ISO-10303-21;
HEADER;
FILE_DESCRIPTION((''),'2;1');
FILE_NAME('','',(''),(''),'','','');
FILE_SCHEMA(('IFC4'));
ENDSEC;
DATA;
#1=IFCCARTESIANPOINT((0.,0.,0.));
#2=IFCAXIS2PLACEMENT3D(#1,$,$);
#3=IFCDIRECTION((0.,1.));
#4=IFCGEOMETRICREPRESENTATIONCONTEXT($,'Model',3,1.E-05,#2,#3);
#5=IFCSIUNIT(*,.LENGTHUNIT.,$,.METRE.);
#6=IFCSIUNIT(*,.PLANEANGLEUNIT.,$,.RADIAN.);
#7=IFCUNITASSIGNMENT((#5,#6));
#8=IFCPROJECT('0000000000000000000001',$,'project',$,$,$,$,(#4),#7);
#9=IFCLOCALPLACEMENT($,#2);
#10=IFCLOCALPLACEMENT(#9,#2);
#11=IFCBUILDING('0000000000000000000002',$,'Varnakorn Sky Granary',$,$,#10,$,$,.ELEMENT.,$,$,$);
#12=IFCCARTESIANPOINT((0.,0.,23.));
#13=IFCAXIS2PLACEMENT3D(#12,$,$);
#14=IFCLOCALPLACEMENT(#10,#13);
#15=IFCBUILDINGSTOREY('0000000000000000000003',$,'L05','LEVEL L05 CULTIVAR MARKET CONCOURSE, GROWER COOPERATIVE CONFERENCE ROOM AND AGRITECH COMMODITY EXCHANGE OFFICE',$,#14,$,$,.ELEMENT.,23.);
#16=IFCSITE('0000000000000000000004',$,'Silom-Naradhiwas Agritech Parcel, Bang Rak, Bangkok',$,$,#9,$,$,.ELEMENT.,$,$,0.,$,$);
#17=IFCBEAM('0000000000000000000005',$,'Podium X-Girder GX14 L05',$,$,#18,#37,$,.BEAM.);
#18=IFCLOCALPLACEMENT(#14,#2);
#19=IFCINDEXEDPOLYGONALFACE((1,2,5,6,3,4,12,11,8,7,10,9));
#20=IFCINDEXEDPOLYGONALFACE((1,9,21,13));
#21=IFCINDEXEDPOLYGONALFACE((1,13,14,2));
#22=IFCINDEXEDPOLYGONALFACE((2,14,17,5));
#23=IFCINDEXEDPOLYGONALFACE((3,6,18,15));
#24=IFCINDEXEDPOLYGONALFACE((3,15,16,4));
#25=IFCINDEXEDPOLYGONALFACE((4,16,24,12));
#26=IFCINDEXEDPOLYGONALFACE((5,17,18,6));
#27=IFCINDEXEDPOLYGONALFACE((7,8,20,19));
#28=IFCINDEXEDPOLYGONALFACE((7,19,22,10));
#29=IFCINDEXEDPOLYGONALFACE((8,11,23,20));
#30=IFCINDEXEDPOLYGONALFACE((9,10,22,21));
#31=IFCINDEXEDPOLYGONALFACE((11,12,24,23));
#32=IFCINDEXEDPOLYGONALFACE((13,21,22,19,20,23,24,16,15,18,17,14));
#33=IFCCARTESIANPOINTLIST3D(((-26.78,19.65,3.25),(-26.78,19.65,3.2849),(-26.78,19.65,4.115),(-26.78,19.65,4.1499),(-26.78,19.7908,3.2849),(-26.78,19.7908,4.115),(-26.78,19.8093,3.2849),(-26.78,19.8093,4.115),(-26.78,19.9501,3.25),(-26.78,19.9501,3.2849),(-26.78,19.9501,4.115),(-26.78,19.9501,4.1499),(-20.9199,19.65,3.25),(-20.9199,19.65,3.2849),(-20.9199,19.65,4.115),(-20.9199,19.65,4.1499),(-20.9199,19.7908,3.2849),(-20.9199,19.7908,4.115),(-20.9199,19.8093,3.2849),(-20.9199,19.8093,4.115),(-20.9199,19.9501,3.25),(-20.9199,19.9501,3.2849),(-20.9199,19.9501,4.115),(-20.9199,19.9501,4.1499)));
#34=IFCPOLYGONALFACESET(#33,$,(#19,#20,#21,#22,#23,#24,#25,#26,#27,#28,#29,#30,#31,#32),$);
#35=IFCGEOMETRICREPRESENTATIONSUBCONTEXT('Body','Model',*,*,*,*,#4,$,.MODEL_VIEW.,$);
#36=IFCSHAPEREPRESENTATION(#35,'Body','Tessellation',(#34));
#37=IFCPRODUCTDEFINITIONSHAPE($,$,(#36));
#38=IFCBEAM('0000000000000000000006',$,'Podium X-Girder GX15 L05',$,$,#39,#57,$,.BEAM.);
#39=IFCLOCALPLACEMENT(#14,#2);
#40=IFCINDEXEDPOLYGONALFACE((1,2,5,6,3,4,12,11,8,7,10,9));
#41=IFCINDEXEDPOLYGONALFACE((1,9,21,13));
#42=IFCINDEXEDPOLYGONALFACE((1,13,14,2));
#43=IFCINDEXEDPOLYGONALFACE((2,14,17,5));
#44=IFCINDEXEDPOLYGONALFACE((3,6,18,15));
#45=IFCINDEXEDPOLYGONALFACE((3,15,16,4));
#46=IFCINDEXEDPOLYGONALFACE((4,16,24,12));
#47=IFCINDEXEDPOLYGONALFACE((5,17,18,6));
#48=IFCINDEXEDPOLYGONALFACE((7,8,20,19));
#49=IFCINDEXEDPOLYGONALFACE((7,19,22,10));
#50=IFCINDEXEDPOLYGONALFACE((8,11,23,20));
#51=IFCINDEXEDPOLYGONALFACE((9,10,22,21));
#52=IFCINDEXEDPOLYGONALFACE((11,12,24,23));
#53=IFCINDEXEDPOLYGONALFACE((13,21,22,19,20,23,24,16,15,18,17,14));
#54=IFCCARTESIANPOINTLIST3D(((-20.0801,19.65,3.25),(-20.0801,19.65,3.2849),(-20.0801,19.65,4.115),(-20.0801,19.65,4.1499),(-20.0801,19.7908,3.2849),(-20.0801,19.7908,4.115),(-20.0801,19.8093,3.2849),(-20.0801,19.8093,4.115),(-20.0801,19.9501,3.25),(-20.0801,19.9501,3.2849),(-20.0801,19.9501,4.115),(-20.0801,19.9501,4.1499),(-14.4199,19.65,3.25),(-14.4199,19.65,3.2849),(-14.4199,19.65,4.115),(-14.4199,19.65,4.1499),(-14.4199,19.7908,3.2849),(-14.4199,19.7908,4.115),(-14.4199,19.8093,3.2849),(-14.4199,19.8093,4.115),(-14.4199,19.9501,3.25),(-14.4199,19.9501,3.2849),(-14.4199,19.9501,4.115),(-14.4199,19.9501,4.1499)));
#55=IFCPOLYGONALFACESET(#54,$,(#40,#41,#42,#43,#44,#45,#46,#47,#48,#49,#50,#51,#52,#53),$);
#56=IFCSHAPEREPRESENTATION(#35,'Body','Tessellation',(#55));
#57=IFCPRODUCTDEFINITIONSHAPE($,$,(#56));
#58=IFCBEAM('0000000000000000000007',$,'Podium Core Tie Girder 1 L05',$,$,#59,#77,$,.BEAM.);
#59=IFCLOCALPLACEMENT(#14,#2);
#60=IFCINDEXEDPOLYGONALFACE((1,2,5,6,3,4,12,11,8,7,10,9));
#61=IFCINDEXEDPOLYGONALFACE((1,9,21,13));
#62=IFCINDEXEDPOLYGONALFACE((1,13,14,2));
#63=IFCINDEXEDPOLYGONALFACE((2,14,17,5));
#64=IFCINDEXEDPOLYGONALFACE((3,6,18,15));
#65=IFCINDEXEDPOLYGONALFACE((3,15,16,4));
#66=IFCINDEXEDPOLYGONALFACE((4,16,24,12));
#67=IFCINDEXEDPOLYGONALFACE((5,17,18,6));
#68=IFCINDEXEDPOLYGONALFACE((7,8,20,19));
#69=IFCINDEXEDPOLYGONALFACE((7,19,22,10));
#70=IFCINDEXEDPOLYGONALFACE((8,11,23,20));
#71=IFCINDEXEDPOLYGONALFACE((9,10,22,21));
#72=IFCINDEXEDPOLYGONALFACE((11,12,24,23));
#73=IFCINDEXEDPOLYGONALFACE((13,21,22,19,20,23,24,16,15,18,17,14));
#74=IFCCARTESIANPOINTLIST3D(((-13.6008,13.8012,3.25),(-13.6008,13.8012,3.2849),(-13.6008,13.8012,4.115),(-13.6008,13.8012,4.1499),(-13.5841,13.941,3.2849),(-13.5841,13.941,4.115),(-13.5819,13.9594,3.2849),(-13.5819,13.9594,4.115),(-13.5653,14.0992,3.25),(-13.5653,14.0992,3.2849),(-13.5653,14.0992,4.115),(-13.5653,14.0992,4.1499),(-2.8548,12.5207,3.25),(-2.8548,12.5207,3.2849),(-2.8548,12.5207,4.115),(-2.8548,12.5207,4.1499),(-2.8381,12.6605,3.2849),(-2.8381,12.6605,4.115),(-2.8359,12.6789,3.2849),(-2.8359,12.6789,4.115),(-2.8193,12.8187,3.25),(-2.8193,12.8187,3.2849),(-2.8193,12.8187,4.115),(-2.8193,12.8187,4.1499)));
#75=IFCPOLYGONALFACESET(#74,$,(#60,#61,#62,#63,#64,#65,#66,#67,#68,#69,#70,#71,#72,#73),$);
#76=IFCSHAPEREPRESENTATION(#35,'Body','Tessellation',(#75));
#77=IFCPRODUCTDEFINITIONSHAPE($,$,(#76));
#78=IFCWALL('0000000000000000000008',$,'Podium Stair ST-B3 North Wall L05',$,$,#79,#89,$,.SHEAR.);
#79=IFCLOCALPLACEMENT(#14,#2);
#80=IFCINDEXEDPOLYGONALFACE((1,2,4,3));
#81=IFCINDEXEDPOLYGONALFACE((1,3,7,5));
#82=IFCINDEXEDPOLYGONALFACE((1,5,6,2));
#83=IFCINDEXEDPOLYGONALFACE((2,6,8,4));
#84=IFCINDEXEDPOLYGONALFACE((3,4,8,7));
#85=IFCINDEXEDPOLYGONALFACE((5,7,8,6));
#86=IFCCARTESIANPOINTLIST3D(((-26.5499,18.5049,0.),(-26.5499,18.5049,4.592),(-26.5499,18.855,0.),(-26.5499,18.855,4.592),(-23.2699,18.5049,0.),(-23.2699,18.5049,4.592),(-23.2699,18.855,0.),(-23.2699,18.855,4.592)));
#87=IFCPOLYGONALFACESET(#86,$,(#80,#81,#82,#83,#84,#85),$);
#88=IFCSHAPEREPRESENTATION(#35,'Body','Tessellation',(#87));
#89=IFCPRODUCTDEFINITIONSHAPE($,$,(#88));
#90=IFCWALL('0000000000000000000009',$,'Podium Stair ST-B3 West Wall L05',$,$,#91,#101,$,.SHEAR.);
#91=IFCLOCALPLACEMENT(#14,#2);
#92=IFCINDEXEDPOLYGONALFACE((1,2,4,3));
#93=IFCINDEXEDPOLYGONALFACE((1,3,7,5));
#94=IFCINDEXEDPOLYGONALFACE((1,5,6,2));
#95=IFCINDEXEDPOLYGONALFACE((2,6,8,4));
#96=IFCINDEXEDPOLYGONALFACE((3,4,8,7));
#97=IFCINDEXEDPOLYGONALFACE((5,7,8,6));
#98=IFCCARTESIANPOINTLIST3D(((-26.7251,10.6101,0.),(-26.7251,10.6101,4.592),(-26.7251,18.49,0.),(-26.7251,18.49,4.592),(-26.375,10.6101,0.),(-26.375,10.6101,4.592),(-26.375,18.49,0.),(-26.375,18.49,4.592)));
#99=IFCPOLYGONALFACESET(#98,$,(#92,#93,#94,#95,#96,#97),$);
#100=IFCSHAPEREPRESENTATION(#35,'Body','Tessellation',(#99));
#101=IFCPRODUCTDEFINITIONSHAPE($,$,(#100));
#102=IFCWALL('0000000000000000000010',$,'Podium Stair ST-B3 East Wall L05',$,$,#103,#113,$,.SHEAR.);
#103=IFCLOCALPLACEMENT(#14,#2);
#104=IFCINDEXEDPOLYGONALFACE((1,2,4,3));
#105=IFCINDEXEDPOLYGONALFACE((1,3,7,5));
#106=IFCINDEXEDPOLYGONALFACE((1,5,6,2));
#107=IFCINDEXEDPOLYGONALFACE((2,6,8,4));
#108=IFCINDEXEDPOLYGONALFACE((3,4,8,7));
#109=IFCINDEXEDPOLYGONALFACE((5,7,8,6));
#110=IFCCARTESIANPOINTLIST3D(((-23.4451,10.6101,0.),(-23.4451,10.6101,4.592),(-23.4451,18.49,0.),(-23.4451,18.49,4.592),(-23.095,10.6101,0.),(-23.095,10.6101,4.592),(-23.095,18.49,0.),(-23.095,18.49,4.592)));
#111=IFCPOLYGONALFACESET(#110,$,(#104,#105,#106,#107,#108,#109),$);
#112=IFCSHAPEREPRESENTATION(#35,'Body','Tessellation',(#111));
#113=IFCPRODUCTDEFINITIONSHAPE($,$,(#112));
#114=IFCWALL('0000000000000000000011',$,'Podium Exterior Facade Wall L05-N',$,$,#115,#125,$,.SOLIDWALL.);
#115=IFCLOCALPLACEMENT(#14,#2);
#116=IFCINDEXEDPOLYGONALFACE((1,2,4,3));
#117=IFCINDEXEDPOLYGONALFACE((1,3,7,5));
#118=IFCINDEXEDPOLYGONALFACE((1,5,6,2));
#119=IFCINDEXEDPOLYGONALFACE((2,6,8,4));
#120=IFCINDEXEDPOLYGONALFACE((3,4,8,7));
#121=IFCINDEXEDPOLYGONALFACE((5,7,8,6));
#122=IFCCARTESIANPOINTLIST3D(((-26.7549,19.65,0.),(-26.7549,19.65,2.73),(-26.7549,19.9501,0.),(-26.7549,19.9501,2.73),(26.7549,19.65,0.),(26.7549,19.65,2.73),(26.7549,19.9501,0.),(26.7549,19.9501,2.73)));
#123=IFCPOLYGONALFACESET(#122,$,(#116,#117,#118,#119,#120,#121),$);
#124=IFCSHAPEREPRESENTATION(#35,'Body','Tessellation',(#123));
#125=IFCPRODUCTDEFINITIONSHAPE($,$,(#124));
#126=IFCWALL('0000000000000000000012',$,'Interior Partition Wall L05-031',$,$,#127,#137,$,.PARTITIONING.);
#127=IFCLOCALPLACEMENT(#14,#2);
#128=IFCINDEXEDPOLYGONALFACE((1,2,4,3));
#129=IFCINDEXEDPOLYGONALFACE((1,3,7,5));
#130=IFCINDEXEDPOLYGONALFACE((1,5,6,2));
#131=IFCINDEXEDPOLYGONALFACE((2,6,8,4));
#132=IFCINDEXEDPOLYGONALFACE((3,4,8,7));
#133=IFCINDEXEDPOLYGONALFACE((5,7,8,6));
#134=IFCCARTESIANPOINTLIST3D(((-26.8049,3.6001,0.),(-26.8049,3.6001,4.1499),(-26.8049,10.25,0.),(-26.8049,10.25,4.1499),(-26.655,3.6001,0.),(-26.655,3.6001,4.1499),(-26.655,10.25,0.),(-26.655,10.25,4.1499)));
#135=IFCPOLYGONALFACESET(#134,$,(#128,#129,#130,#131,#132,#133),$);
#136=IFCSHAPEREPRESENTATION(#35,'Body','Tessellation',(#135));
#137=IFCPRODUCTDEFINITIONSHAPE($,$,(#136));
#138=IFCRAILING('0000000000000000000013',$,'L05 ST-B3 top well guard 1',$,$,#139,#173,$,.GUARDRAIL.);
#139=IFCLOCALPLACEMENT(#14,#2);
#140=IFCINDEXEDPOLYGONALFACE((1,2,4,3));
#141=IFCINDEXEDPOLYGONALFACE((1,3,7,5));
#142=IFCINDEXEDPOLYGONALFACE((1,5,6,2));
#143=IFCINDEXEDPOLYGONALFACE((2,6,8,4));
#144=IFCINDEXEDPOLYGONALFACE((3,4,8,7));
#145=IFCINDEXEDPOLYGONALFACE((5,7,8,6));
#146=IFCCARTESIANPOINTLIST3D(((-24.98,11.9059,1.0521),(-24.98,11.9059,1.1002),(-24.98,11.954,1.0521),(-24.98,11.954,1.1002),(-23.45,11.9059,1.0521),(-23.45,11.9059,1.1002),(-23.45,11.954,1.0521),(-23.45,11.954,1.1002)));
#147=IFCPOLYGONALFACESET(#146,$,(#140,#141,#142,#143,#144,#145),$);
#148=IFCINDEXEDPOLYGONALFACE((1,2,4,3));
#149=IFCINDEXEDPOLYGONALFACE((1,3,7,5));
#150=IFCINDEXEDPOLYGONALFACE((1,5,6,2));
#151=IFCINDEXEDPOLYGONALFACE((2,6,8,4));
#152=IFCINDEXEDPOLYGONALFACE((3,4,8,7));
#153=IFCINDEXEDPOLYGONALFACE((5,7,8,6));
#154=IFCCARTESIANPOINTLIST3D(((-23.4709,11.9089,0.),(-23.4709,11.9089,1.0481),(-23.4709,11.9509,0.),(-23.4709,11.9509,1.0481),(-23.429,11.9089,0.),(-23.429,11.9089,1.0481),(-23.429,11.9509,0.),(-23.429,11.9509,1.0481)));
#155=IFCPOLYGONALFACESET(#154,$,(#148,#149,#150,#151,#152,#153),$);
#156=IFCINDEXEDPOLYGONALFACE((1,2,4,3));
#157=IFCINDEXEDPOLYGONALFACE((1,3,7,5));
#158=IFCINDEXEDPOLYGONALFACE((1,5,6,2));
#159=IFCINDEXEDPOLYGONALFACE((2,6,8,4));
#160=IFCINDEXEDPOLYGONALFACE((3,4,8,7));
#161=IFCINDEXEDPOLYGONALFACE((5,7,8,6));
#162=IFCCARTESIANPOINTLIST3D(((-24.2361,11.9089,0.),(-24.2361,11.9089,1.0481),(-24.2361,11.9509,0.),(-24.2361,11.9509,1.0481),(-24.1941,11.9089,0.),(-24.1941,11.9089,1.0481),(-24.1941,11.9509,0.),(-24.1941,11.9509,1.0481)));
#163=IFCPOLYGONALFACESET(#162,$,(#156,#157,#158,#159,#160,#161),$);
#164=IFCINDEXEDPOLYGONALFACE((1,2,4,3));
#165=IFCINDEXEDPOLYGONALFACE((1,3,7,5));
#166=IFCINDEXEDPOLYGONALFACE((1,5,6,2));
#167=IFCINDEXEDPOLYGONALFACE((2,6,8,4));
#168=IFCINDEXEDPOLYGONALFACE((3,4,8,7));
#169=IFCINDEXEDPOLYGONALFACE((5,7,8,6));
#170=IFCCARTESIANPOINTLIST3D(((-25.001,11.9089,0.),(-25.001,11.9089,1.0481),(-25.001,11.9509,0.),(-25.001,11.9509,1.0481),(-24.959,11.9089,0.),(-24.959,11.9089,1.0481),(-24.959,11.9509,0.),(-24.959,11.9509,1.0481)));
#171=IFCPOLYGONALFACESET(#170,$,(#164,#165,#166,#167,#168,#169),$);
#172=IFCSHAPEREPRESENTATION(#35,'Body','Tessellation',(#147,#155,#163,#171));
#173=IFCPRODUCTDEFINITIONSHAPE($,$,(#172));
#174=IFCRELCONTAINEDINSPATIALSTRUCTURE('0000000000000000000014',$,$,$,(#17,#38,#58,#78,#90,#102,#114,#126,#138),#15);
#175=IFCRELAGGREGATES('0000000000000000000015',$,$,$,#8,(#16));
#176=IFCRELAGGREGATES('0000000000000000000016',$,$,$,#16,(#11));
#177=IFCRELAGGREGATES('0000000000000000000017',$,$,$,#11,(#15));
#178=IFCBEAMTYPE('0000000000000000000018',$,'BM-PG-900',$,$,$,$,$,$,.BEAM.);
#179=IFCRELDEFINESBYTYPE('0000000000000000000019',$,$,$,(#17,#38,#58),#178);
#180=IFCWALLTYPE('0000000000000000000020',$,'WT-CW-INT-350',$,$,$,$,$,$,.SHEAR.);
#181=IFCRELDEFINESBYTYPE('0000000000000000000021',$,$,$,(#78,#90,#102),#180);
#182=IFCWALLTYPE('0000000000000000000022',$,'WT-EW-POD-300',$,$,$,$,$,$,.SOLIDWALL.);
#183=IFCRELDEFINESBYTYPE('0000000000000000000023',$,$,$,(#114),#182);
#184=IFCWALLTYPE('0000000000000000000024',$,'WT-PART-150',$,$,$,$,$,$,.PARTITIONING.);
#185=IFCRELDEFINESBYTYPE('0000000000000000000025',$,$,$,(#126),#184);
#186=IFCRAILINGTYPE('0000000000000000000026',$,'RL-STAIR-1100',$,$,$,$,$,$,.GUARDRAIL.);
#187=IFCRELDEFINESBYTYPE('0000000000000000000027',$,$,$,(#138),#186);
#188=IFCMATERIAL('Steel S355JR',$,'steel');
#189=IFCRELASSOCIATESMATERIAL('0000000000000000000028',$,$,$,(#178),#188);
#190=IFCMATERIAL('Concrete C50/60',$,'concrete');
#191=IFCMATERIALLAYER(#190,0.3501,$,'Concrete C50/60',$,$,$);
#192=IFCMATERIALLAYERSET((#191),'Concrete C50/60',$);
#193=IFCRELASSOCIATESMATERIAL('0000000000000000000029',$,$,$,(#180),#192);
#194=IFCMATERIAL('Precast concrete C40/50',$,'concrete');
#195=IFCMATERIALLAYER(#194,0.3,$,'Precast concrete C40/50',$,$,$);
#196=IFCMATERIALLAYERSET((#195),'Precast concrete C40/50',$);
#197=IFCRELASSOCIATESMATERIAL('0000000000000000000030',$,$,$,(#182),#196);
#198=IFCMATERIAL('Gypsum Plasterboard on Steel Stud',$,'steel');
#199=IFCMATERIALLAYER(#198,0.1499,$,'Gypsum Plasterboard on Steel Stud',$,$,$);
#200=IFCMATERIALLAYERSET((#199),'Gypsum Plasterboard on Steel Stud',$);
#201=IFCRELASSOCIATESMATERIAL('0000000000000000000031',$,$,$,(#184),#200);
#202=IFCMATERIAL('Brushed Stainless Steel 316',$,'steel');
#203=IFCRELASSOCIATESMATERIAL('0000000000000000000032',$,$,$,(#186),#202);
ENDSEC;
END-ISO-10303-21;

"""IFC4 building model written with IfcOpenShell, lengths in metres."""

from ifc_helpers import new_model, si_unit, direction, frame, frame_2d, origin, origin_2d, place, context, subcontext, project, spatial, rectangle, i_section, extrude, material, layer, layer_set, material_profile, profile_set, type_object, element, save


model = new_model("IFC4")

# Units and contexts
model_context = context("Model", 3, precision=1e-05, world=origin(), true_north=direction((0.0, 1.0)))
body_context = subcontext(model_context, "Body", "Model", "MODEL_VIEW")
ifc_project = project(units=[si_unit("LENGTHUNIT", "METRE"), si_unit("PLANEANGLEUNIT", "RADIAN")], contexts=[model_context])

# Site, building, storey
site_placement = place(None, origin())
site = spatial("IfcSite", under=ifc_project, at=site_placement, Name="Silom-Naradhiwas Agritech Parcel, Bang Rak, Bangkok", CompositionType="ELEMENT", RefElevation=0.0)
building_placement = place(site_placement, origin())
building = spatial("IfcBuilding", under=site, at=building_placement, Name="Varnakorn Sky Granary", CompositionType="ELEMENT")
storey_placement = place(building_placement, frame((0.0, 0.0, 23.0)))
storey = spatial("IfcBuildingStorey", under=building, at=storey_placement, Name="L05", Description="LEVEL L05 CULTIVAR MARKET CONCOURSE, GROWER COOPERATIVE CONFERENCE ROOM AND AGRITECH COMMODITY EXCHANGE OFFICE", CompositionType="ELEMENT", Elevation=23.0)

# Beams
ifc_material_1 = material(Name="Steel S355JR", Category="steel")
ifc_material_profile_1 = material_profile(ifc_material_1, i_section(OverallWidth=0.3, OverallDepth=0.8999, WebThickness=0.0186, FlangeThickness=0.0349, at=origin_2d()), Name="HE 900 B")
ifc_profile_set_1 = profile_set([ifc_material_profile_1], Name="Steel S355JR")
beam_type_1 = type_object("IfcBeamType", Name="BM-PG-900", PredefinedType="BEAM", material=ifc_profile_set_1)
beam_1_placement = place(storey_placement, frame((-26.78, 19.8, 3.7), z_axis=(1.0, 0.0, 0.0), x_axis=(0.0, 1.0, 0.0)))
element("IfcBeam", 1, at=beam_1_placement, inside=storey, type_object=beam_type_1, Name="Podium X-Girder GX14 L05", PredefinedType="BEAM", context=body_context, shape_type="SweptSolid", body=[
    extrude(i_section(OverallWidth=0.3, OverallDepth=0.8999, WebThickness=0.0186, FlangeThickness=0.0349, at=origin_2d()), origin(), (0.0, 0.0, 1.0), 5.8601),
])
beam_2_placement = place(storey_placement, frame((-20.0801, 19.8, 3.7), z_axis=(1.0, 0.0, 0.0), x_axis=(0.0, 1.0, 0.0)))
element("IfcBeam", 2, at=beam_2_placement, inside=storey, type_object=beam_type_1, Name="Podium X-Girder GX15 L05", PredefinedType="BEAM", context=body_context, shape_type="SweptSolid", body=[
    extrude(i_section(OverallWidth=0.3, OverallDepth=0.8999, WebThickness=0.0186, FlangeThickness=0.0349, at=origin_2d()), origin(), (0.0, 0.0, 1.0), 5.6602),
])
beam_3_placement = place(storey_placement, frame((-13.583, 13.9502, 3.7), z_axis=(0.992975, -0.118324, 0.0), x_axis=(0.118324, 0.992975, 0.0)))
element("IfcBeam", 3, at=beam_3_placement, inside=storey, type_object=beam_type_1, Name="Podium Core Tie Girder 1 L05", PredefinedType="BEAM", context=body_context, shape_type="SweptSolid", body=[
    extrude(i_section(OverallWidth=0.3, OverallDepth=0.8999, WebThickness=0.0186, FlangeThickness=0.0349, at=origin_2d()), origin(), (0.0, 0.0, 1.0), 10.822),
])

# Shared definitions
ifc_material_2 = material(Name="Concrete C50/60", Category="concrete")
ifc_layer_1 = layer(ifc_material_2, 0.3501, Name="Concrete C50/60")
ifc_layer_set_1 = layer_set([ifc_layer_1], Name="Concrete C50/60")
wall_type_1 = type_object("IfcWallType", Name="WT-CW-INT-350", PredefinedType="SHEAR", material=ifc_layer_set_1)

# Walls
wall_1_placement = place(storey_placement, frame((-26.55, 18.6799, 0.0), z_axis=(0.0, 0.0, 1.0), x_axis=(1.0, 0.0, 0.0)))
element("IfcWall", 4, at=wall_1_placement, inside=storey, type_object=wall_type_1, Name="Podium Stair ST-B3 North Wall L05", PredefinedType="SHEAR", context=body_context, shape_type="SweptSolid", body=[
    extrude(rectangle(XDim=3.28, YDim=0.3501, at=frame_2d((1.6401, 0.0))), origin(), (0.0, 0.0, 1.0), 4.592),
])
for number, where, z_axis, x_axis, name in (
    (5, (-26.55, 10.6101, 0.0), (0.0, 0.0, 1.0), (0.0, 1.0, 0.0), "Podium Stair ST-B3 West Wall L05"),
    (6, (-23.27, 10.6101, 0.0), (0.0, 0.0, 1.0), (0.0, 1.0, 0.0), "Podium Stair ST-B3 East Wall L05"),
):
    element("IfcWall", number, at=place(storey_placement, frame(where, z_axis=z_axis, x_axis=x_axis)), inside=storey, type_object=wall_type_1, Name=name, PredefinedType="SHEAR", context=body_context, shape_type="SweptSolid", body=[
        extrude(rectangle(XDim=7.8799, YDim=0.3501, at=frame_2d((3.9399, 0.0))), origin(), (0.0, 0.0, 1.0), 4.592),
    ])
ifc_material_3 = material(Name="Precast concrete C40/50", Category="concrete")
ifc_layer_2 = layer(ifc_material_3, 0.3, Name="Precast concrete C40/50")
ifc_layer_set_2 = layer_set([ifc_layer_2], Name="Precast concrete C40/50")
wall_type_2 = type_object("IfcWallType", Name="WT-EW-POD-300", PredefinedType="SOLIDWALL", material=ifc_layer_set_2)
wall_2_placement = place(storey_placement, frame((-26.7549, 19.8, 0.0), z_axis=(0.0, 0.0, 1.0), x_axis=(1.0, 0.0, 0.0)))
element("IfcWall", 7, at=wall_2_placement, inside=storey, type_object=wall_type_2, Name="Podium Exterior Facade Wall L05-N", PredefinedType="SOLIDWALL", context=body_context, shape_type="SweptSolid", body=[
    extrude(rectangle(XDim=53.5098, YDim=0.3, at=frame_2d((26.7549, 0.0))), origin(), (0.0, 0.0, 1.0), 2.73),
])
ifc_material_4 = material(Name="Gypsum Plasterboard on Steel Stud", Category="steel")
ifc_layer_3 = layer(ifc_material_4, 0.1499, Name="Gypsum Plasterboard on Steel Stud")
ifc_layer_set_3 = layer_set([ifc_layer_3], Name="Gypsum Plasterboard on Steel Stud")
wall_type_3 = type_object("IfcWallType", Name="WT-PART-150", PredefinedType="PARTITIONING", material=ifc_layer_set_3)
wall_3_placement = place(storey_placement, frame((-26.73, 10.25, 0.0), z_axis=(0.0, 0.0, 1.0), x_axis=(0.0, -1.0, 0.0)))
element("IfcWall", 8, at=wall_3_placement, inside=storey, type_object=wall_type_3, Name="Interior Partition Wall L05-031", PredefinedType="PARTITIONING", context=body_context, shape_type="SweptSolid", body=[
    extrude(rectangle(XDim=6.6499, YDim=0.1499, at=frame_2d((3.325, 0.0))), origin(), (0.0, 0.0, 1.0), 4.1499),
])

# Railing
ifc_material_5 = material(Name="Brushed Stainless Steel 316", Category="steel")
railing_type = type_object("IfcRailingType", Name="RL-STAIR-1100", PredefinedType="GUARDRAIL", material=ifc_material_5)
railing_placement = place(storey_placement, frame((-23.45, 11.9299, 0.0)))
element("IfcRailing", 9, at=railing_placement, inside=storey, type_object=railing_type, Name="L05 ST-B3 top well guard 1", PredefinedType="GUARDRAIL", context=body_context, shape_type="SweptSolid", body=[
    extrude(rectangle(XDim=0.0481, YDim=0.0481, at=origin_2d()), frame((0.0, 0.0, 1.0762), z_axis=(-1.0, 0.0, 0.0), x_axis=(0.0, -1.0, 0.0)), (0.0, 0.0, 1.0), 1.53),
    extrude(rectangle(XDim=0.042, YDim=0.042, at=origin_2d()), origin(), (0.0, 0.0, 1.0), 1.0481),
    extrude(rectangle(XDim=0.042, YDim=0.042, at=origin_2d()), frame((-0.7651, 0.0, 0.0)), (0.0, 0.0, 1.0), 1.0481),
    extrude(rectangle(XDim=0.042, YDim=0.042, at=origin_2d()), frame((-1.53, 0.0, 0.0)), (0.0, 0.0, 1.0), 1.0481),
])

save(model, "model.ifc")
